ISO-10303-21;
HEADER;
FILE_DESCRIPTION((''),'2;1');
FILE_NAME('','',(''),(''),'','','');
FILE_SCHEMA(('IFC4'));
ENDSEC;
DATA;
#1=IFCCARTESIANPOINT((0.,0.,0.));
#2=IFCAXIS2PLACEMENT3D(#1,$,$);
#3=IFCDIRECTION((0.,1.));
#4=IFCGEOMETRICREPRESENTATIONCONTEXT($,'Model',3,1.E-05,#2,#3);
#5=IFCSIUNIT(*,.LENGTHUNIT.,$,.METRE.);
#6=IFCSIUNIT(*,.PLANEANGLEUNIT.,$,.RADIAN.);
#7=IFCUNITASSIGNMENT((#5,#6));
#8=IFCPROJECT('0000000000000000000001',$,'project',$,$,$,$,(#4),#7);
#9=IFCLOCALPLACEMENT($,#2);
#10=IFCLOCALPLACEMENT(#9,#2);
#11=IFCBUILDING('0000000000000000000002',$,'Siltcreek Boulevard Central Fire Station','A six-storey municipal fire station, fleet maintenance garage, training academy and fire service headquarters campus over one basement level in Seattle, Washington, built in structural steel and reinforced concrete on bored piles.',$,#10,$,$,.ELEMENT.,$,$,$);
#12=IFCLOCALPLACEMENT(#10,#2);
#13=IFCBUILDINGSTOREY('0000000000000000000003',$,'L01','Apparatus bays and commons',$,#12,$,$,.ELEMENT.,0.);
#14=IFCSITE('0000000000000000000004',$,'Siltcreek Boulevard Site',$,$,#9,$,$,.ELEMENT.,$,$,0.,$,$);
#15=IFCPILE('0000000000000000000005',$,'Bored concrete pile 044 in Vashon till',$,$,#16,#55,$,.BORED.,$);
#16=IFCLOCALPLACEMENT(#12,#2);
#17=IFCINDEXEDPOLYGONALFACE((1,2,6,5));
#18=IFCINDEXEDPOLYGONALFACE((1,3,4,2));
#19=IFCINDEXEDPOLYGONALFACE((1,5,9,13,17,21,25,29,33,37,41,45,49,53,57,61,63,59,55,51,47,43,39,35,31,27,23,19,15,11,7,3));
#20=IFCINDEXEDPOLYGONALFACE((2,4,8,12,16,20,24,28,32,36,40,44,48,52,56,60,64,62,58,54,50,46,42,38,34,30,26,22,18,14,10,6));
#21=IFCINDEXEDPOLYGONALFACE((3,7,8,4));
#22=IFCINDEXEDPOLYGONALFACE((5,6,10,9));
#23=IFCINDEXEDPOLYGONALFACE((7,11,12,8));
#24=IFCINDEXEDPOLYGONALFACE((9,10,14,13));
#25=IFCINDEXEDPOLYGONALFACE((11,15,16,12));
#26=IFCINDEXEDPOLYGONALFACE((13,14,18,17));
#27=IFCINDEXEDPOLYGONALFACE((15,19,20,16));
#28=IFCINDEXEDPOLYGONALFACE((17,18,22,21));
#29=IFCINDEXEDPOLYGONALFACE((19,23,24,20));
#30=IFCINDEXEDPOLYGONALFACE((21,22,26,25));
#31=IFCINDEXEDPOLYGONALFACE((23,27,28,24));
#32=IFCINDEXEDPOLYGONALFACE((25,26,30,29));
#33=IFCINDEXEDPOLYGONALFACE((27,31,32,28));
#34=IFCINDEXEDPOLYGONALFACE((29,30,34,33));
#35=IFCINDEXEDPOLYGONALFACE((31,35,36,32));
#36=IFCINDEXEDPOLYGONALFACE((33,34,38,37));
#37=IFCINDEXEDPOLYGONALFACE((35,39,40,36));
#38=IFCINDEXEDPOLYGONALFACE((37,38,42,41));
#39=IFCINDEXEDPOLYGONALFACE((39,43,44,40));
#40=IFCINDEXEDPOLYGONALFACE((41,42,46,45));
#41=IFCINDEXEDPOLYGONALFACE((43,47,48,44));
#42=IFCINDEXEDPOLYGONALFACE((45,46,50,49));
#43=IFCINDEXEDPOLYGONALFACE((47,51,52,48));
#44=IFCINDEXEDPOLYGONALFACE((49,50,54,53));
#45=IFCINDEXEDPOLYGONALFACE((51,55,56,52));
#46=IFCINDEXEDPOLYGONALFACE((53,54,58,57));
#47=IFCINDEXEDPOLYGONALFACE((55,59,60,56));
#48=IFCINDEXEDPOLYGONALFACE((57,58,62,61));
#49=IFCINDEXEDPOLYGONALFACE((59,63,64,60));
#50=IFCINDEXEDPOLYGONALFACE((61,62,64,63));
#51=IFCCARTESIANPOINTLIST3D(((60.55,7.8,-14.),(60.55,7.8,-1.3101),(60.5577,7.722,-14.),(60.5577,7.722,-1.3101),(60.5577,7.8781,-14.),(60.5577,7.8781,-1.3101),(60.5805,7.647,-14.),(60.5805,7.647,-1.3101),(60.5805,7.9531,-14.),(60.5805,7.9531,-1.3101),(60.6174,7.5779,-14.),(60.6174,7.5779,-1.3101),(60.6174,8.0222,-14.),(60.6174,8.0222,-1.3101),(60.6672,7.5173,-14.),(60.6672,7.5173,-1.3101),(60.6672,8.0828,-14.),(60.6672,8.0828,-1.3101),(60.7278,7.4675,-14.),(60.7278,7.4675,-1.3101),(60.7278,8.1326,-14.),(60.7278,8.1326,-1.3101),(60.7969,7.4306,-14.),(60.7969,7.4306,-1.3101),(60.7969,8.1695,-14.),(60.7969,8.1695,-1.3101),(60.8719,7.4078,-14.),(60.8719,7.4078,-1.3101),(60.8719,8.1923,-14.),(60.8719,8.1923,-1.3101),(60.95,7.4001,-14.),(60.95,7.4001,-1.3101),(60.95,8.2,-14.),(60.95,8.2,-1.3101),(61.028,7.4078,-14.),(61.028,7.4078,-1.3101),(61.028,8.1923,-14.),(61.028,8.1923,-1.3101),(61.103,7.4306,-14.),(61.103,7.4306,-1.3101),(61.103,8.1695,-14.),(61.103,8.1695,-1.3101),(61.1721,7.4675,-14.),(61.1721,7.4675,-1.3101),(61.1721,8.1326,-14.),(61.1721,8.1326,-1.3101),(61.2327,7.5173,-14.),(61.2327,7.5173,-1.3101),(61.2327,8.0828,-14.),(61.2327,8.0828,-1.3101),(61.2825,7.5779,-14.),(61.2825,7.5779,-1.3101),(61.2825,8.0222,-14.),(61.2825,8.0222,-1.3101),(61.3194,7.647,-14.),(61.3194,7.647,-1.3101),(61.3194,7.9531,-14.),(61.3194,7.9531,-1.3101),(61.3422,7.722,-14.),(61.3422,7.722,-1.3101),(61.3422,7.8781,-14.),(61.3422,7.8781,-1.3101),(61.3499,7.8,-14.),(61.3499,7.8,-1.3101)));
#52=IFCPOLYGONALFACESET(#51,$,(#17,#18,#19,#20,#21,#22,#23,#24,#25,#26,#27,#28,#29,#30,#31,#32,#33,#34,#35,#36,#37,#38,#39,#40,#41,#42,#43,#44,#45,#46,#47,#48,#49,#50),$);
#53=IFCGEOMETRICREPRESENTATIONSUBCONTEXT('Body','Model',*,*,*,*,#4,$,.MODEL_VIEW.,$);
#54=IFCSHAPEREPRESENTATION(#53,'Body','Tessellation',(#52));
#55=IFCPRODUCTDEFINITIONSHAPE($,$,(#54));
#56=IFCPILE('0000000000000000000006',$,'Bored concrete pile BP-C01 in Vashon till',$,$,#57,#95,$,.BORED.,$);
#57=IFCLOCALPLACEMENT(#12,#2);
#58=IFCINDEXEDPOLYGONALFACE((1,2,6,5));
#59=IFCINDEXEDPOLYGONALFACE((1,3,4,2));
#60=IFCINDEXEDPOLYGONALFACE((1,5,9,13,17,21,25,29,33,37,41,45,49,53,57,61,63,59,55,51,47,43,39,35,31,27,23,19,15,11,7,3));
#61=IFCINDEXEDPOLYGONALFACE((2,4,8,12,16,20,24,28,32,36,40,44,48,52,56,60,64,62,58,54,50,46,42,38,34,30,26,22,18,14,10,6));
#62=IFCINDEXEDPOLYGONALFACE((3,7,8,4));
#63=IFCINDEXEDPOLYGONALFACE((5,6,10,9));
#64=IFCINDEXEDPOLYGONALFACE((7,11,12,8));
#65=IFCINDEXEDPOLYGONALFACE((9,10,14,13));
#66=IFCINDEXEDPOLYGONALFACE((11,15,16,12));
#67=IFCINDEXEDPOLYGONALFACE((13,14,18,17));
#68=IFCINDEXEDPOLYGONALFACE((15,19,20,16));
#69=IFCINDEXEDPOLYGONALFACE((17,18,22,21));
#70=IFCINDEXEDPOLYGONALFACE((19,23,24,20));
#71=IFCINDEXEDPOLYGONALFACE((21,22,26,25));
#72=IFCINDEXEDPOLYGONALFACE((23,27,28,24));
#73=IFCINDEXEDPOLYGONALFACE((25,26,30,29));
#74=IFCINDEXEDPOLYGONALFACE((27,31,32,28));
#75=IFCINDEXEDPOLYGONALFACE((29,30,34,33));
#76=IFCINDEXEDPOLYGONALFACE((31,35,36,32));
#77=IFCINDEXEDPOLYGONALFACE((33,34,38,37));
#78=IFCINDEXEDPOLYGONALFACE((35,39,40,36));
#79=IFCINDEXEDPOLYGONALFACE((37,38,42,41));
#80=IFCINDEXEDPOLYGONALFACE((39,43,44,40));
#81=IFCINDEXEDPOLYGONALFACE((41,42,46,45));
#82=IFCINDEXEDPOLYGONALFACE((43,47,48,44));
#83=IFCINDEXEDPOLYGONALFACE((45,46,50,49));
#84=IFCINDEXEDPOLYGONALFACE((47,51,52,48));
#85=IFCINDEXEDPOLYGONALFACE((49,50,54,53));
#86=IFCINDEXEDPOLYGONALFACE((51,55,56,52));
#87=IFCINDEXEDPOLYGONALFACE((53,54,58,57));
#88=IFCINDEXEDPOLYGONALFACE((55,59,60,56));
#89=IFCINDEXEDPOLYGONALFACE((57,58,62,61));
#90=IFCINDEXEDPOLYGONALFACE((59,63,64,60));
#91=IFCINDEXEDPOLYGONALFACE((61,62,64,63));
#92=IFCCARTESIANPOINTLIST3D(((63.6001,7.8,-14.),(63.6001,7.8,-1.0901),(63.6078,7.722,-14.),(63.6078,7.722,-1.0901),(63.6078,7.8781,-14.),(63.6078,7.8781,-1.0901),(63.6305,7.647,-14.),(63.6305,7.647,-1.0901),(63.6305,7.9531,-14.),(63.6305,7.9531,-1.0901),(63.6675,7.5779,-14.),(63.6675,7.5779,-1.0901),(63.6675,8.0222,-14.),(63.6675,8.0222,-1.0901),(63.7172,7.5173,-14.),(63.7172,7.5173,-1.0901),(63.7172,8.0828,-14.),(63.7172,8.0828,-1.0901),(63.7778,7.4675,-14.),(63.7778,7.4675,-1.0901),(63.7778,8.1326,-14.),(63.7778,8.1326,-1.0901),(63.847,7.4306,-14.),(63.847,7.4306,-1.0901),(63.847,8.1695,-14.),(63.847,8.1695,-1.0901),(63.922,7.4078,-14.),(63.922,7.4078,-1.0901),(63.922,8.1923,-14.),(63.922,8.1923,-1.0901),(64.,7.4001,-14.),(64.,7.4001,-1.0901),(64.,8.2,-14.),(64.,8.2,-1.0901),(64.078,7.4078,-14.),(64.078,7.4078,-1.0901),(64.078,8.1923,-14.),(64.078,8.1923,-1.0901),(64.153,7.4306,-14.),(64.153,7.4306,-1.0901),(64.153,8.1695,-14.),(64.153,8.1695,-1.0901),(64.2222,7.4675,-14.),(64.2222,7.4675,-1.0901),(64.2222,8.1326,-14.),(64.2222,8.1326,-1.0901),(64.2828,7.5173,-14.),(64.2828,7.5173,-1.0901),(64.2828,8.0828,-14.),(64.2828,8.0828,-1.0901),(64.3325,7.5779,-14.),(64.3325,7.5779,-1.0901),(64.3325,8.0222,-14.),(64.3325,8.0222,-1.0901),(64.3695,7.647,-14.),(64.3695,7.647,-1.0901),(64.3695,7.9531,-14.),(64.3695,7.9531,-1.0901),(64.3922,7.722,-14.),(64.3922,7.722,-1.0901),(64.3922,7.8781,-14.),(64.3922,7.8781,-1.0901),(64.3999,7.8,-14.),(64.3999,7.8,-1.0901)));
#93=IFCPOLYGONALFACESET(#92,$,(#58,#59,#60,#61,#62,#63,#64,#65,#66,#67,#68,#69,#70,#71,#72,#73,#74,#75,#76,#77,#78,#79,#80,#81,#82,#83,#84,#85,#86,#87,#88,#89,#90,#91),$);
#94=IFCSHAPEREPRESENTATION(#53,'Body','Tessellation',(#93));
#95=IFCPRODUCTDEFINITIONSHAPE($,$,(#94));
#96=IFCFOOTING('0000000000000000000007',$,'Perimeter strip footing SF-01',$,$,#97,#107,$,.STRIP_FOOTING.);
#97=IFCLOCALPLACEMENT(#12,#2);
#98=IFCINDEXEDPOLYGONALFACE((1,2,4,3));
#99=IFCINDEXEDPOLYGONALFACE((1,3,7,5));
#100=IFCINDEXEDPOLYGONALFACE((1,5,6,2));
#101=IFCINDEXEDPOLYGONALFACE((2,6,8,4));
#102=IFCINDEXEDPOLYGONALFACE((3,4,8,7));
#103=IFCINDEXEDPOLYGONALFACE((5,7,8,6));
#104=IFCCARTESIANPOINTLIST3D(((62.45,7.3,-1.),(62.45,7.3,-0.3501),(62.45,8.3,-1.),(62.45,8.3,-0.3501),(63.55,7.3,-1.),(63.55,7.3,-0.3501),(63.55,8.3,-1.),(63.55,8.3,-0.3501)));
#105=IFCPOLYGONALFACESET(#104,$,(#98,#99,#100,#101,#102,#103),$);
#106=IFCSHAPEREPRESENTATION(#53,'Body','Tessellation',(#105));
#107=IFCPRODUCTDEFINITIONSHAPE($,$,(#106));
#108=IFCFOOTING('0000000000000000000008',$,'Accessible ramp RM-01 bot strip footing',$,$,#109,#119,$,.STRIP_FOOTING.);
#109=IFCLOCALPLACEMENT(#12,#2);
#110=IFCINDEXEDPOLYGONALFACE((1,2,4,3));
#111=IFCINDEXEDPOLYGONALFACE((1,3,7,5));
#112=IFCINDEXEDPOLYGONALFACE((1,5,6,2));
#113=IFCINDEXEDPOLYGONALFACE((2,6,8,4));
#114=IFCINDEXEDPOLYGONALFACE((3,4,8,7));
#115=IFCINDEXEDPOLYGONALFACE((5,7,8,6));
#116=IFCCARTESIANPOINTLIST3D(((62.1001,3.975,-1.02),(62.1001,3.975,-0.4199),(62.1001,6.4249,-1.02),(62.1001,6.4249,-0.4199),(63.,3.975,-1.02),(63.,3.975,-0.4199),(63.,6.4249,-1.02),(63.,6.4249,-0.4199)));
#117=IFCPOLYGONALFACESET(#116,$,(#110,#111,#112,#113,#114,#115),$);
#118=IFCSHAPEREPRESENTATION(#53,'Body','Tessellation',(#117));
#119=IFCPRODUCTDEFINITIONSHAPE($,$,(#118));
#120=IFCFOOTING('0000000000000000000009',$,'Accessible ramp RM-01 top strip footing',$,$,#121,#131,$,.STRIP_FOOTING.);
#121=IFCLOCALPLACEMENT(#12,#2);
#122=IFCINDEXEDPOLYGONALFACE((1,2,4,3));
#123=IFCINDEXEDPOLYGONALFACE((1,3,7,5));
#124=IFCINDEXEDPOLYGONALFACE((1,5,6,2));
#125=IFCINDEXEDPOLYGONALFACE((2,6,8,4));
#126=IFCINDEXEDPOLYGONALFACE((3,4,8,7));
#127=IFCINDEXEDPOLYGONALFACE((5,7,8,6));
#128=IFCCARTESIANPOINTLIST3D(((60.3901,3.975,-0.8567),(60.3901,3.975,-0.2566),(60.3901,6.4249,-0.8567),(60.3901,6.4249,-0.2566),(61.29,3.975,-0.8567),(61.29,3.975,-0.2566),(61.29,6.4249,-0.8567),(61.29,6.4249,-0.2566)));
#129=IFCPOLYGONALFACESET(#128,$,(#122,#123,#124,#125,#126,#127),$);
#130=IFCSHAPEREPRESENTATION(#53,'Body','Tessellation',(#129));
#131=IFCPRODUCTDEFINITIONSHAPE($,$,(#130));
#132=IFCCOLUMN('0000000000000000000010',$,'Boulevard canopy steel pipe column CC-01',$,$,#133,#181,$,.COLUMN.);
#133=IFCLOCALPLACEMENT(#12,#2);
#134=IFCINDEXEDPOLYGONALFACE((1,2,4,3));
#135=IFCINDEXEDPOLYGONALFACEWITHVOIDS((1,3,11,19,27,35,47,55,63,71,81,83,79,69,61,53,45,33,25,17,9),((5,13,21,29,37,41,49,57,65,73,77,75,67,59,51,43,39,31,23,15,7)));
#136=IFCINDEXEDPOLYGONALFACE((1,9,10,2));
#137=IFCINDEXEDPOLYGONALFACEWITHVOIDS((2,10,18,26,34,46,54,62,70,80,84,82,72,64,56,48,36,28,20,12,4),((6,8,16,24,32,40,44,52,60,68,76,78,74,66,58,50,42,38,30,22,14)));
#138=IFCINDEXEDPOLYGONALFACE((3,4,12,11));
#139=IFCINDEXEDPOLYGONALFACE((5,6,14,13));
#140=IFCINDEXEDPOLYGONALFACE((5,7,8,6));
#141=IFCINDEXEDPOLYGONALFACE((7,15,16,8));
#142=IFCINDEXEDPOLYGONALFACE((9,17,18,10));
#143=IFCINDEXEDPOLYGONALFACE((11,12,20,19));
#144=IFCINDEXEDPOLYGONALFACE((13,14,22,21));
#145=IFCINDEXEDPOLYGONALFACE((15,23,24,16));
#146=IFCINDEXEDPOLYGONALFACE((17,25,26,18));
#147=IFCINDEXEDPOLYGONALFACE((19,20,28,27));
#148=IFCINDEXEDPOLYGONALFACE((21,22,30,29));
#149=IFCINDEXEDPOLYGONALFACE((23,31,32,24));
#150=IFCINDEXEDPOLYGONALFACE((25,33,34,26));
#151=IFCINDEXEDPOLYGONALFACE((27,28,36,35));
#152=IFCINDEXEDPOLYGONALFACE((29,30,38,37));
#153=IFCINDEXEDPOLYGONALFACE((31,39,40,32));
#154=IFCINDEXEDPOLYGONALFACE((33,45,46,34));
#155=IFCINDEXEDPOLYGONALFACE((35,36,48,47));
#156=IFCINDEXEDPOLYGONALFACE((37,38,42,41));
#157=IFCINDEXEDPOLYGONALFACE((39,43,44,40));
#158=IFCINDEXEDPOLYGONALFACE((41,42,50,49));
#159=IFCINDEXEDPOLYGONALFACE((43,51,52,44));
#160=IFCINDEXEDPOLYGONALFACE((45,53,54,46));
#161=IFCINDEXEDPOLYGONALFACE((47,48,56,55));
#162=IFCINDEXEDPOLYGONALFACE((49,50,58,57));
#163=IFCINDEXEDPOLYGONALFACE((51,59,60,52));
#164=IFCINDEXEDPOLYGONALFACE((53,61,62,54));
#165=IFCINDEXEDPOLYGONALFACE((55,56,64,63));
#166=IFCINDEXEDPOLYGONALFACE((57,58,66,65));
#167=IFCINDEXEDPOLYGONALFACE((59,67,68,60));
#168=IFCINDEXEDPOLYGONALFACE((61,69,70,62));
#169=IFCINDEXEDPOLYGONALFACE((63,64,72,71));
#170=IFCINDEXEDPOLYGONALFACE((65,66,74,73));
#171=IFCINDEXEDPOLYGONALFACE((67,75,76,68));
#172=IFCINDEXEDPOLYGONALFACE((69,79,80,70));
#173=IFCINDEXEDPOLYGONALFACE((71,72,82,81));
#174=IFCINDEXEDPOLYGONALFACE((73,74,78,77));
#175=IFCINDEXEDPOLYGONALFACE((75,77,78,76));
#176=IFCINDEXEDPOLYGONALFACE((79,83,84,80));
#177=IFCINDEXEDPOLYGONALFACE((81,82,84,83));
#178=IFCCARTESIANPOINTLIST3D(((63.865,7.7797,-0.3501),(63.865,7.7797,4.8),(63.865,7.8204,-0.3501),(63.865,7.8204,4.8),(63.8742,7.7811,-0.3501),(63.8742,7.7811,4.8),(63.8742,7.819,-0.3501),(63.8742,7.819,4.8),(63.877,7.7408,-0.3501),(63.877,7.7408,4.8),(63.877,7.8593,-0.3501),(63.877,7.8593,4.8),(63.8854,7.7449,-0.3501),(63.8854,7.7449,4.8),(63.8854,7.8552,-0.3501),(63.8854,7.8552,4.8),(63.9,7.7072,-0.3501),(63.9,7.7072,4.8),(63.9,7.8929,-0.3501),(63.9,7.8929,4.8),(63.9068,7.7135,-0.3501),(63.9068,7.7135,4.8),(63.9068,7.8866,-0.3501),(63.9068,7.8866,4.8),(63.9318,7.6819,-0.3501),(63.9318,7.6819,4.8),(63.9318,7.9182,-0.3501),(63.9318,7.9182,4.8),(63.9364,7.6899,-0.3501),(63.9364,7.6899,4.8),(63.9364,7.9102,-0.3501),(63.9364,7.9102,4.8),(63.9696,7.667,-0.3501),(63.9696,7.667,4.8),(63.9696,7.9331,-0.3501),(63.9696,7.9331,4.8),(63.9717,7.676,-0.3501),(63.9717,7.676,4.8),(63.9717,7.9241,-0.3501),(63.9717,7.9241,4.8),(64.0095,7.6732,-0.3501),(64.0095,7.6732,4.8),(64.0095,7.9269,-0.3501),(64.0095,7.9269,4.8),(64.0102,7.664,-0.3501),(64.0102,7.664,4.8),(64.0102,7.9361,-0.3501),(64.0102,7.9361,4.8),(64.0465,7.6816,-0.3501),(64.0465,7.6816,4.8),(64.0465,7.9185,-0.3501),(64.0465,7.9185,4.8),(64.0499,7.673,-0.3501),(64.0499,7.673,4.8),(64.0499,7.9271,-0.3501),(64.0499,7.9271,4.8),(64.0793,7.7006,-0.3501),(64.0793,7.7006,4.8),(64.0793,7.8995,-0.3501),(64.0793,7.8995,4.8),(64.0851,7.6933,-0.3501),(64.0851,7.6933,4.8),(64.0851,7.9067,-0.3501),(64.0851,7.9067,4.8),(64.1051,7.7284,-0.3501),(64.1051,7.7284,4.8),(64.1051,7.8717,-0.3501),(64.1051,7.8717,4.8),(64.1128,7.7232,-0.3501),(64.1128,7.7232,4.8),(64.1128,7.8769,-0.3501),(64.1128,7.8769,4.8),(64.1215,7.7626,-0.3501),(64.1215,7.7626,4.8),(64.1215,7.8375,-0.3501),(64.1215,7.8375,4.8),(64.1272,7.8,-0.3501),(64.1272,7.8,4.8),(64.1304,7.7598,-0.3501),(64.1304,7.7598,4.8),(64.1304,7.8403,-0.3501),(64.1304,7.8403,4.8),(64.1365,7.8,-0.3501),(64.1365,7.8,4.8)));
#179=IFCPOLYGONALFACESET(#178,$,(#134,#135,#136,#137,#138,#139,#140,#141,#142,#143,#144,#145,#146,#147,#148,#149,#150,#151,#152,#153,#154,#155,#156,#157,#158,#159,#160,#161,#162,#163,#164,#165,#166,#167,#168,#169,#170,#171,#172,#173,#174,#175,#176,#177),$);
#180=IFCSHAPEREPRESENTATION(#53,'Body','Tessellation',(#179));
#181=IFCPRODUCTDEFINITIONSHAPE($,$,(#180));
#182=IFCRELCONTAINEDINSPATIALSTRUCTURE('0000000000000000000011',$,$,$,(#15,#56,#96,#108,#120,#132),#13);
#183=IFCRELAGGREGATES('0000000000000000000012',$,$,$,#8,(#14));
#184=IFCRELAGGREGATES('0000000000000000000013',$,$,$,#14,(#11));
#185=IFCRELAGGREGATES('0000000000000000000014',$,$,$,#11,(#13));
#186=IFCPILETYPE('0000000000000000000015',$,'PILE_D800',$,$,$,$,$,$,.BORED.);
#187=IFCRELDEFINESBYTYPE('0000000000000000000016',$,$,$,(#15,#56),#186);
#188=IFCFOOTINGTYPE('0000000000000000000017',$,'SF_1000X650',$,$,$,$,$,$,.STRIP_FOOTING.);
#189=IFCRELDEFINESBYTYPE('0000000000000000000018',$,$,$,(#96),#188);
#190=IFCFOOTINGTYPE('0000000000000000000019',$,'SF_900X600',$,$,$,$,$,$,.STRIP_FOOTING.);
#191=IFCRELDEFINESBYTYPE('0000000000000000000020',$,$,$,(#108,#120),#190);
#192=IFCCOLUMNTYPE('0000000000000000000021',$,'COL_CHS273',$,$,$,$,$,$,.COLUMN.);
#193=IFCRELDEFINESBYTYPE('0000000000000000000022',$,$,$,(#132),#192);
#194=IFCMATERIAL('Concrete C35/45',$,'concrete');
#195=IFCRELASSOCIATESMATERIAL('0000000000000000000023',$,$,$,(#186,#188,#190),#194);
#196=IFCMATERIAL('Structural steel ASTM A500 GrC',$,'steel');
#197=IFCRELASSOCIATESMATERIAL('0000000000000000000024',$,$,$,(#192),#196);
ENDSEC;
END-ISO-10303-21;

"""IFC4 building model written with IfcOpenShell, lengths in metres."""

from ifc_helpers import new_model, si_unit, direction, frame, origin, origin_2d, place, context, subcontext, project, spatial, rectangle, circle, hollow_circle, extrude, material, material_profile, profile_set, type_object, element, save


model = new_model("IFC4")

# Units and contexts
model_context = context("Model", 3, precision=1e-05, world=origin(), true_north=direction((0.0, 1.0)))
body_context = subcontext(model_context, "Body", "Model", "MODEL_VIEW")
ifc_project = project(units=[si_unit("LENGTHUNIT", "METRE"), si_unit("PLANEANGLEUNIT", "RADIAN")], contexts=[model_context])

# Site, building, storey
site_placement = place(None, origin())
site = spatial("IfcSite", under=ifc_project, at=site_placement, Name="Siltcreek Boulevard Site", CompositionType="ELEMENT", RefElevation=0.0)
building_placement = place(site_placement, origin())
building = spatial("IfcBuilding", under=site, at=building_placement, Name="Siltcreek Boulevard Central Fire Station", Description="A six-storey municipal fire station, fleet maintenance garage, training academy and fire service headquarters campus over one basement level in Seattle, Washington, built in structural steel and reinforced concrete on bored piles.", CompositionType="ELEMENT")
storey_placement = place(building_placement, origin())
storey = spatial("IfcBuildingStorey", under=building, at=storey_placement, Name="L01", Description="Apparatus bays and commons", CompositionType="ELEMENT", Elevation=0.0)

# Shared definitions
ifc_material_1 = material(Name="Concrete C35/45", Category="concrete")

# Piles
ifc_material_profile_1 = material_profile(ifc_material_1, circle(Radius=0.3999, at=origin_2d()), Name="SHAFT800")
ifc_profile_set_1 = profile_set([ifc_material_profile_1], Name="Concrete C35/45")
pile_type = type_object("IfcPileType", Name="PILE_D800", PredefinedType="BORED", material=ifc_profile_set_1)
for number, where, z_axis, x_axis, name in (
    (1, (60.95, 7.8, -1.3101), (0.0, 0.0, -1.0), (1.0, 0.0, 0.0), "Bored concrete pile 044 in Vashon till"),
):
    element("IfcPile", number, at=place(storey_placement, frame(where, z_axis=z_axis, x_axis=x_axis)), inside=storey, type_object=pile_type, Name=name, PredefinedType="BORED", context=body_context, shape_type="SweptSolid", body=[
        extrude(circle(Radius=0.3999, at=origin_2d()), origin(), (0.0, 0.0, 1.0), 12.6899),
    ])
pile_placement = place(storey_placement, frame((64.0, 7.8, -1.0901), z_axis=(0.0, 0.0, -1.0), x_axis=(1.0, 0.0, 0.0)))
element("IfcPile", 2, at=pile_placement, inside=storey, type_object=pile_type, Name="Bored concrete pile BP-C01 in Vashon till", PredefinedType="BORED", context=body_context, shape_type="SweptSolid", body=[
    extrude(circle(Radius=0.3999, at=origin_2d()), origin(), (0.0, 0.0, 1.0), 12.9099),
])

# Footings
footing_type_1 = type_object("IfcFootingType", Name="SF_1000X650", PredefinedType="STRIP_FOOTING", material=ifc_material_1)
footing_1_placement = place(storey_placement, frame((63.0, 7.8, -1.0), z_axis=(0.0, 0.0, 1.0), x_axis=(1.0, 0.0, 0.0)))
element("IfcFooting", 3, at=footing_1_placement, inside=storey, type_object=footing_type_1, Name="Perimeter strip footing SF-01", PredefinedType="STRIP_FOOTING", context=body_context, shape_type="SweptSolid", body=[
    extrude(rectangle(XDim=1.1001, YDim=1.0, at=origin_2d()), origin(), (0.0, 0.0, 1.0), 0.6499),
])
footing_type_2 = type_object("IfcFootingType", Name="SF_900X600", PredefinedType="STRIP_FOOTING", material=ifc_material_1)
for number, where, z_axis, x_axis, name in (
    (4, (62.55, 5.2, -1.02), (0.0, 0.0, 1.0), (-1.0, 0.0, 0.0), "Accessible ramp RM-01 bot strip footing"),
    (5, (60.8401, 5.2, -0.8567), (0.0, 0.0, 1.0), (-1.0, 0.0, 0.0), "Accessible ramp RM-01 top strip footing"),
):
    element("IfcFooting", number, at=place(storey_placement, frame(where, z_axis=z_axis, x_axis=x_axis)), inside=storey, type_object=footing_type_2, Name=name, PredefinedType="STRIP_FOOTING", context=body_context, shape_type="SweptSolid", body=[
        extrude(rectangle(XDim=0.8999, YDim=2.45, at=origin_2d()), origin(), (0.0, 0.0, 1.0), 0.6001),
    ])

# Column
ifc_material_2 = material(Name="Structural steel ASTM A500 GrC", Category="steel")
ifc_material_profile_2 = material_profile(ifc_material_2, hollow_circle(Radius=0.1365, WallThickness=0.0093, at=origin_2d()), Name="HSS273.1X9.3")
ifc_profile_set_2 = profile_set([ifc_material_profile_2], Name="Structural steel ASTM A500 GrC")
column_type_1 = type_object("IfcColumnType", Name="COL_CHS273", PredefinedType="COLUMN", material=ifc_profile_set_2)
column_1_placement = place(storey_placement, frame((64.0, 7.8, -0.3501), z_axis=(0.0, 0.0, 1.0), x_axis=(1.0, 0.0, 0.0)))
element("IfcColumn", 6, at=column_1_placement, inside=storey, type_object=column_type_1, Name="Boulevard canopy steel pipe column CC-01", PredefinedType="COLUMN", context=body_context, shape_type="SweptSolid", body=[
    extrude(hollow_circle(Radius=0.1365, WallThickness=0.0093, at=origin_2d()), origin(), (0.0, 0.0, 1.0), 5.1501),
])

save(model, "model.ifc")
